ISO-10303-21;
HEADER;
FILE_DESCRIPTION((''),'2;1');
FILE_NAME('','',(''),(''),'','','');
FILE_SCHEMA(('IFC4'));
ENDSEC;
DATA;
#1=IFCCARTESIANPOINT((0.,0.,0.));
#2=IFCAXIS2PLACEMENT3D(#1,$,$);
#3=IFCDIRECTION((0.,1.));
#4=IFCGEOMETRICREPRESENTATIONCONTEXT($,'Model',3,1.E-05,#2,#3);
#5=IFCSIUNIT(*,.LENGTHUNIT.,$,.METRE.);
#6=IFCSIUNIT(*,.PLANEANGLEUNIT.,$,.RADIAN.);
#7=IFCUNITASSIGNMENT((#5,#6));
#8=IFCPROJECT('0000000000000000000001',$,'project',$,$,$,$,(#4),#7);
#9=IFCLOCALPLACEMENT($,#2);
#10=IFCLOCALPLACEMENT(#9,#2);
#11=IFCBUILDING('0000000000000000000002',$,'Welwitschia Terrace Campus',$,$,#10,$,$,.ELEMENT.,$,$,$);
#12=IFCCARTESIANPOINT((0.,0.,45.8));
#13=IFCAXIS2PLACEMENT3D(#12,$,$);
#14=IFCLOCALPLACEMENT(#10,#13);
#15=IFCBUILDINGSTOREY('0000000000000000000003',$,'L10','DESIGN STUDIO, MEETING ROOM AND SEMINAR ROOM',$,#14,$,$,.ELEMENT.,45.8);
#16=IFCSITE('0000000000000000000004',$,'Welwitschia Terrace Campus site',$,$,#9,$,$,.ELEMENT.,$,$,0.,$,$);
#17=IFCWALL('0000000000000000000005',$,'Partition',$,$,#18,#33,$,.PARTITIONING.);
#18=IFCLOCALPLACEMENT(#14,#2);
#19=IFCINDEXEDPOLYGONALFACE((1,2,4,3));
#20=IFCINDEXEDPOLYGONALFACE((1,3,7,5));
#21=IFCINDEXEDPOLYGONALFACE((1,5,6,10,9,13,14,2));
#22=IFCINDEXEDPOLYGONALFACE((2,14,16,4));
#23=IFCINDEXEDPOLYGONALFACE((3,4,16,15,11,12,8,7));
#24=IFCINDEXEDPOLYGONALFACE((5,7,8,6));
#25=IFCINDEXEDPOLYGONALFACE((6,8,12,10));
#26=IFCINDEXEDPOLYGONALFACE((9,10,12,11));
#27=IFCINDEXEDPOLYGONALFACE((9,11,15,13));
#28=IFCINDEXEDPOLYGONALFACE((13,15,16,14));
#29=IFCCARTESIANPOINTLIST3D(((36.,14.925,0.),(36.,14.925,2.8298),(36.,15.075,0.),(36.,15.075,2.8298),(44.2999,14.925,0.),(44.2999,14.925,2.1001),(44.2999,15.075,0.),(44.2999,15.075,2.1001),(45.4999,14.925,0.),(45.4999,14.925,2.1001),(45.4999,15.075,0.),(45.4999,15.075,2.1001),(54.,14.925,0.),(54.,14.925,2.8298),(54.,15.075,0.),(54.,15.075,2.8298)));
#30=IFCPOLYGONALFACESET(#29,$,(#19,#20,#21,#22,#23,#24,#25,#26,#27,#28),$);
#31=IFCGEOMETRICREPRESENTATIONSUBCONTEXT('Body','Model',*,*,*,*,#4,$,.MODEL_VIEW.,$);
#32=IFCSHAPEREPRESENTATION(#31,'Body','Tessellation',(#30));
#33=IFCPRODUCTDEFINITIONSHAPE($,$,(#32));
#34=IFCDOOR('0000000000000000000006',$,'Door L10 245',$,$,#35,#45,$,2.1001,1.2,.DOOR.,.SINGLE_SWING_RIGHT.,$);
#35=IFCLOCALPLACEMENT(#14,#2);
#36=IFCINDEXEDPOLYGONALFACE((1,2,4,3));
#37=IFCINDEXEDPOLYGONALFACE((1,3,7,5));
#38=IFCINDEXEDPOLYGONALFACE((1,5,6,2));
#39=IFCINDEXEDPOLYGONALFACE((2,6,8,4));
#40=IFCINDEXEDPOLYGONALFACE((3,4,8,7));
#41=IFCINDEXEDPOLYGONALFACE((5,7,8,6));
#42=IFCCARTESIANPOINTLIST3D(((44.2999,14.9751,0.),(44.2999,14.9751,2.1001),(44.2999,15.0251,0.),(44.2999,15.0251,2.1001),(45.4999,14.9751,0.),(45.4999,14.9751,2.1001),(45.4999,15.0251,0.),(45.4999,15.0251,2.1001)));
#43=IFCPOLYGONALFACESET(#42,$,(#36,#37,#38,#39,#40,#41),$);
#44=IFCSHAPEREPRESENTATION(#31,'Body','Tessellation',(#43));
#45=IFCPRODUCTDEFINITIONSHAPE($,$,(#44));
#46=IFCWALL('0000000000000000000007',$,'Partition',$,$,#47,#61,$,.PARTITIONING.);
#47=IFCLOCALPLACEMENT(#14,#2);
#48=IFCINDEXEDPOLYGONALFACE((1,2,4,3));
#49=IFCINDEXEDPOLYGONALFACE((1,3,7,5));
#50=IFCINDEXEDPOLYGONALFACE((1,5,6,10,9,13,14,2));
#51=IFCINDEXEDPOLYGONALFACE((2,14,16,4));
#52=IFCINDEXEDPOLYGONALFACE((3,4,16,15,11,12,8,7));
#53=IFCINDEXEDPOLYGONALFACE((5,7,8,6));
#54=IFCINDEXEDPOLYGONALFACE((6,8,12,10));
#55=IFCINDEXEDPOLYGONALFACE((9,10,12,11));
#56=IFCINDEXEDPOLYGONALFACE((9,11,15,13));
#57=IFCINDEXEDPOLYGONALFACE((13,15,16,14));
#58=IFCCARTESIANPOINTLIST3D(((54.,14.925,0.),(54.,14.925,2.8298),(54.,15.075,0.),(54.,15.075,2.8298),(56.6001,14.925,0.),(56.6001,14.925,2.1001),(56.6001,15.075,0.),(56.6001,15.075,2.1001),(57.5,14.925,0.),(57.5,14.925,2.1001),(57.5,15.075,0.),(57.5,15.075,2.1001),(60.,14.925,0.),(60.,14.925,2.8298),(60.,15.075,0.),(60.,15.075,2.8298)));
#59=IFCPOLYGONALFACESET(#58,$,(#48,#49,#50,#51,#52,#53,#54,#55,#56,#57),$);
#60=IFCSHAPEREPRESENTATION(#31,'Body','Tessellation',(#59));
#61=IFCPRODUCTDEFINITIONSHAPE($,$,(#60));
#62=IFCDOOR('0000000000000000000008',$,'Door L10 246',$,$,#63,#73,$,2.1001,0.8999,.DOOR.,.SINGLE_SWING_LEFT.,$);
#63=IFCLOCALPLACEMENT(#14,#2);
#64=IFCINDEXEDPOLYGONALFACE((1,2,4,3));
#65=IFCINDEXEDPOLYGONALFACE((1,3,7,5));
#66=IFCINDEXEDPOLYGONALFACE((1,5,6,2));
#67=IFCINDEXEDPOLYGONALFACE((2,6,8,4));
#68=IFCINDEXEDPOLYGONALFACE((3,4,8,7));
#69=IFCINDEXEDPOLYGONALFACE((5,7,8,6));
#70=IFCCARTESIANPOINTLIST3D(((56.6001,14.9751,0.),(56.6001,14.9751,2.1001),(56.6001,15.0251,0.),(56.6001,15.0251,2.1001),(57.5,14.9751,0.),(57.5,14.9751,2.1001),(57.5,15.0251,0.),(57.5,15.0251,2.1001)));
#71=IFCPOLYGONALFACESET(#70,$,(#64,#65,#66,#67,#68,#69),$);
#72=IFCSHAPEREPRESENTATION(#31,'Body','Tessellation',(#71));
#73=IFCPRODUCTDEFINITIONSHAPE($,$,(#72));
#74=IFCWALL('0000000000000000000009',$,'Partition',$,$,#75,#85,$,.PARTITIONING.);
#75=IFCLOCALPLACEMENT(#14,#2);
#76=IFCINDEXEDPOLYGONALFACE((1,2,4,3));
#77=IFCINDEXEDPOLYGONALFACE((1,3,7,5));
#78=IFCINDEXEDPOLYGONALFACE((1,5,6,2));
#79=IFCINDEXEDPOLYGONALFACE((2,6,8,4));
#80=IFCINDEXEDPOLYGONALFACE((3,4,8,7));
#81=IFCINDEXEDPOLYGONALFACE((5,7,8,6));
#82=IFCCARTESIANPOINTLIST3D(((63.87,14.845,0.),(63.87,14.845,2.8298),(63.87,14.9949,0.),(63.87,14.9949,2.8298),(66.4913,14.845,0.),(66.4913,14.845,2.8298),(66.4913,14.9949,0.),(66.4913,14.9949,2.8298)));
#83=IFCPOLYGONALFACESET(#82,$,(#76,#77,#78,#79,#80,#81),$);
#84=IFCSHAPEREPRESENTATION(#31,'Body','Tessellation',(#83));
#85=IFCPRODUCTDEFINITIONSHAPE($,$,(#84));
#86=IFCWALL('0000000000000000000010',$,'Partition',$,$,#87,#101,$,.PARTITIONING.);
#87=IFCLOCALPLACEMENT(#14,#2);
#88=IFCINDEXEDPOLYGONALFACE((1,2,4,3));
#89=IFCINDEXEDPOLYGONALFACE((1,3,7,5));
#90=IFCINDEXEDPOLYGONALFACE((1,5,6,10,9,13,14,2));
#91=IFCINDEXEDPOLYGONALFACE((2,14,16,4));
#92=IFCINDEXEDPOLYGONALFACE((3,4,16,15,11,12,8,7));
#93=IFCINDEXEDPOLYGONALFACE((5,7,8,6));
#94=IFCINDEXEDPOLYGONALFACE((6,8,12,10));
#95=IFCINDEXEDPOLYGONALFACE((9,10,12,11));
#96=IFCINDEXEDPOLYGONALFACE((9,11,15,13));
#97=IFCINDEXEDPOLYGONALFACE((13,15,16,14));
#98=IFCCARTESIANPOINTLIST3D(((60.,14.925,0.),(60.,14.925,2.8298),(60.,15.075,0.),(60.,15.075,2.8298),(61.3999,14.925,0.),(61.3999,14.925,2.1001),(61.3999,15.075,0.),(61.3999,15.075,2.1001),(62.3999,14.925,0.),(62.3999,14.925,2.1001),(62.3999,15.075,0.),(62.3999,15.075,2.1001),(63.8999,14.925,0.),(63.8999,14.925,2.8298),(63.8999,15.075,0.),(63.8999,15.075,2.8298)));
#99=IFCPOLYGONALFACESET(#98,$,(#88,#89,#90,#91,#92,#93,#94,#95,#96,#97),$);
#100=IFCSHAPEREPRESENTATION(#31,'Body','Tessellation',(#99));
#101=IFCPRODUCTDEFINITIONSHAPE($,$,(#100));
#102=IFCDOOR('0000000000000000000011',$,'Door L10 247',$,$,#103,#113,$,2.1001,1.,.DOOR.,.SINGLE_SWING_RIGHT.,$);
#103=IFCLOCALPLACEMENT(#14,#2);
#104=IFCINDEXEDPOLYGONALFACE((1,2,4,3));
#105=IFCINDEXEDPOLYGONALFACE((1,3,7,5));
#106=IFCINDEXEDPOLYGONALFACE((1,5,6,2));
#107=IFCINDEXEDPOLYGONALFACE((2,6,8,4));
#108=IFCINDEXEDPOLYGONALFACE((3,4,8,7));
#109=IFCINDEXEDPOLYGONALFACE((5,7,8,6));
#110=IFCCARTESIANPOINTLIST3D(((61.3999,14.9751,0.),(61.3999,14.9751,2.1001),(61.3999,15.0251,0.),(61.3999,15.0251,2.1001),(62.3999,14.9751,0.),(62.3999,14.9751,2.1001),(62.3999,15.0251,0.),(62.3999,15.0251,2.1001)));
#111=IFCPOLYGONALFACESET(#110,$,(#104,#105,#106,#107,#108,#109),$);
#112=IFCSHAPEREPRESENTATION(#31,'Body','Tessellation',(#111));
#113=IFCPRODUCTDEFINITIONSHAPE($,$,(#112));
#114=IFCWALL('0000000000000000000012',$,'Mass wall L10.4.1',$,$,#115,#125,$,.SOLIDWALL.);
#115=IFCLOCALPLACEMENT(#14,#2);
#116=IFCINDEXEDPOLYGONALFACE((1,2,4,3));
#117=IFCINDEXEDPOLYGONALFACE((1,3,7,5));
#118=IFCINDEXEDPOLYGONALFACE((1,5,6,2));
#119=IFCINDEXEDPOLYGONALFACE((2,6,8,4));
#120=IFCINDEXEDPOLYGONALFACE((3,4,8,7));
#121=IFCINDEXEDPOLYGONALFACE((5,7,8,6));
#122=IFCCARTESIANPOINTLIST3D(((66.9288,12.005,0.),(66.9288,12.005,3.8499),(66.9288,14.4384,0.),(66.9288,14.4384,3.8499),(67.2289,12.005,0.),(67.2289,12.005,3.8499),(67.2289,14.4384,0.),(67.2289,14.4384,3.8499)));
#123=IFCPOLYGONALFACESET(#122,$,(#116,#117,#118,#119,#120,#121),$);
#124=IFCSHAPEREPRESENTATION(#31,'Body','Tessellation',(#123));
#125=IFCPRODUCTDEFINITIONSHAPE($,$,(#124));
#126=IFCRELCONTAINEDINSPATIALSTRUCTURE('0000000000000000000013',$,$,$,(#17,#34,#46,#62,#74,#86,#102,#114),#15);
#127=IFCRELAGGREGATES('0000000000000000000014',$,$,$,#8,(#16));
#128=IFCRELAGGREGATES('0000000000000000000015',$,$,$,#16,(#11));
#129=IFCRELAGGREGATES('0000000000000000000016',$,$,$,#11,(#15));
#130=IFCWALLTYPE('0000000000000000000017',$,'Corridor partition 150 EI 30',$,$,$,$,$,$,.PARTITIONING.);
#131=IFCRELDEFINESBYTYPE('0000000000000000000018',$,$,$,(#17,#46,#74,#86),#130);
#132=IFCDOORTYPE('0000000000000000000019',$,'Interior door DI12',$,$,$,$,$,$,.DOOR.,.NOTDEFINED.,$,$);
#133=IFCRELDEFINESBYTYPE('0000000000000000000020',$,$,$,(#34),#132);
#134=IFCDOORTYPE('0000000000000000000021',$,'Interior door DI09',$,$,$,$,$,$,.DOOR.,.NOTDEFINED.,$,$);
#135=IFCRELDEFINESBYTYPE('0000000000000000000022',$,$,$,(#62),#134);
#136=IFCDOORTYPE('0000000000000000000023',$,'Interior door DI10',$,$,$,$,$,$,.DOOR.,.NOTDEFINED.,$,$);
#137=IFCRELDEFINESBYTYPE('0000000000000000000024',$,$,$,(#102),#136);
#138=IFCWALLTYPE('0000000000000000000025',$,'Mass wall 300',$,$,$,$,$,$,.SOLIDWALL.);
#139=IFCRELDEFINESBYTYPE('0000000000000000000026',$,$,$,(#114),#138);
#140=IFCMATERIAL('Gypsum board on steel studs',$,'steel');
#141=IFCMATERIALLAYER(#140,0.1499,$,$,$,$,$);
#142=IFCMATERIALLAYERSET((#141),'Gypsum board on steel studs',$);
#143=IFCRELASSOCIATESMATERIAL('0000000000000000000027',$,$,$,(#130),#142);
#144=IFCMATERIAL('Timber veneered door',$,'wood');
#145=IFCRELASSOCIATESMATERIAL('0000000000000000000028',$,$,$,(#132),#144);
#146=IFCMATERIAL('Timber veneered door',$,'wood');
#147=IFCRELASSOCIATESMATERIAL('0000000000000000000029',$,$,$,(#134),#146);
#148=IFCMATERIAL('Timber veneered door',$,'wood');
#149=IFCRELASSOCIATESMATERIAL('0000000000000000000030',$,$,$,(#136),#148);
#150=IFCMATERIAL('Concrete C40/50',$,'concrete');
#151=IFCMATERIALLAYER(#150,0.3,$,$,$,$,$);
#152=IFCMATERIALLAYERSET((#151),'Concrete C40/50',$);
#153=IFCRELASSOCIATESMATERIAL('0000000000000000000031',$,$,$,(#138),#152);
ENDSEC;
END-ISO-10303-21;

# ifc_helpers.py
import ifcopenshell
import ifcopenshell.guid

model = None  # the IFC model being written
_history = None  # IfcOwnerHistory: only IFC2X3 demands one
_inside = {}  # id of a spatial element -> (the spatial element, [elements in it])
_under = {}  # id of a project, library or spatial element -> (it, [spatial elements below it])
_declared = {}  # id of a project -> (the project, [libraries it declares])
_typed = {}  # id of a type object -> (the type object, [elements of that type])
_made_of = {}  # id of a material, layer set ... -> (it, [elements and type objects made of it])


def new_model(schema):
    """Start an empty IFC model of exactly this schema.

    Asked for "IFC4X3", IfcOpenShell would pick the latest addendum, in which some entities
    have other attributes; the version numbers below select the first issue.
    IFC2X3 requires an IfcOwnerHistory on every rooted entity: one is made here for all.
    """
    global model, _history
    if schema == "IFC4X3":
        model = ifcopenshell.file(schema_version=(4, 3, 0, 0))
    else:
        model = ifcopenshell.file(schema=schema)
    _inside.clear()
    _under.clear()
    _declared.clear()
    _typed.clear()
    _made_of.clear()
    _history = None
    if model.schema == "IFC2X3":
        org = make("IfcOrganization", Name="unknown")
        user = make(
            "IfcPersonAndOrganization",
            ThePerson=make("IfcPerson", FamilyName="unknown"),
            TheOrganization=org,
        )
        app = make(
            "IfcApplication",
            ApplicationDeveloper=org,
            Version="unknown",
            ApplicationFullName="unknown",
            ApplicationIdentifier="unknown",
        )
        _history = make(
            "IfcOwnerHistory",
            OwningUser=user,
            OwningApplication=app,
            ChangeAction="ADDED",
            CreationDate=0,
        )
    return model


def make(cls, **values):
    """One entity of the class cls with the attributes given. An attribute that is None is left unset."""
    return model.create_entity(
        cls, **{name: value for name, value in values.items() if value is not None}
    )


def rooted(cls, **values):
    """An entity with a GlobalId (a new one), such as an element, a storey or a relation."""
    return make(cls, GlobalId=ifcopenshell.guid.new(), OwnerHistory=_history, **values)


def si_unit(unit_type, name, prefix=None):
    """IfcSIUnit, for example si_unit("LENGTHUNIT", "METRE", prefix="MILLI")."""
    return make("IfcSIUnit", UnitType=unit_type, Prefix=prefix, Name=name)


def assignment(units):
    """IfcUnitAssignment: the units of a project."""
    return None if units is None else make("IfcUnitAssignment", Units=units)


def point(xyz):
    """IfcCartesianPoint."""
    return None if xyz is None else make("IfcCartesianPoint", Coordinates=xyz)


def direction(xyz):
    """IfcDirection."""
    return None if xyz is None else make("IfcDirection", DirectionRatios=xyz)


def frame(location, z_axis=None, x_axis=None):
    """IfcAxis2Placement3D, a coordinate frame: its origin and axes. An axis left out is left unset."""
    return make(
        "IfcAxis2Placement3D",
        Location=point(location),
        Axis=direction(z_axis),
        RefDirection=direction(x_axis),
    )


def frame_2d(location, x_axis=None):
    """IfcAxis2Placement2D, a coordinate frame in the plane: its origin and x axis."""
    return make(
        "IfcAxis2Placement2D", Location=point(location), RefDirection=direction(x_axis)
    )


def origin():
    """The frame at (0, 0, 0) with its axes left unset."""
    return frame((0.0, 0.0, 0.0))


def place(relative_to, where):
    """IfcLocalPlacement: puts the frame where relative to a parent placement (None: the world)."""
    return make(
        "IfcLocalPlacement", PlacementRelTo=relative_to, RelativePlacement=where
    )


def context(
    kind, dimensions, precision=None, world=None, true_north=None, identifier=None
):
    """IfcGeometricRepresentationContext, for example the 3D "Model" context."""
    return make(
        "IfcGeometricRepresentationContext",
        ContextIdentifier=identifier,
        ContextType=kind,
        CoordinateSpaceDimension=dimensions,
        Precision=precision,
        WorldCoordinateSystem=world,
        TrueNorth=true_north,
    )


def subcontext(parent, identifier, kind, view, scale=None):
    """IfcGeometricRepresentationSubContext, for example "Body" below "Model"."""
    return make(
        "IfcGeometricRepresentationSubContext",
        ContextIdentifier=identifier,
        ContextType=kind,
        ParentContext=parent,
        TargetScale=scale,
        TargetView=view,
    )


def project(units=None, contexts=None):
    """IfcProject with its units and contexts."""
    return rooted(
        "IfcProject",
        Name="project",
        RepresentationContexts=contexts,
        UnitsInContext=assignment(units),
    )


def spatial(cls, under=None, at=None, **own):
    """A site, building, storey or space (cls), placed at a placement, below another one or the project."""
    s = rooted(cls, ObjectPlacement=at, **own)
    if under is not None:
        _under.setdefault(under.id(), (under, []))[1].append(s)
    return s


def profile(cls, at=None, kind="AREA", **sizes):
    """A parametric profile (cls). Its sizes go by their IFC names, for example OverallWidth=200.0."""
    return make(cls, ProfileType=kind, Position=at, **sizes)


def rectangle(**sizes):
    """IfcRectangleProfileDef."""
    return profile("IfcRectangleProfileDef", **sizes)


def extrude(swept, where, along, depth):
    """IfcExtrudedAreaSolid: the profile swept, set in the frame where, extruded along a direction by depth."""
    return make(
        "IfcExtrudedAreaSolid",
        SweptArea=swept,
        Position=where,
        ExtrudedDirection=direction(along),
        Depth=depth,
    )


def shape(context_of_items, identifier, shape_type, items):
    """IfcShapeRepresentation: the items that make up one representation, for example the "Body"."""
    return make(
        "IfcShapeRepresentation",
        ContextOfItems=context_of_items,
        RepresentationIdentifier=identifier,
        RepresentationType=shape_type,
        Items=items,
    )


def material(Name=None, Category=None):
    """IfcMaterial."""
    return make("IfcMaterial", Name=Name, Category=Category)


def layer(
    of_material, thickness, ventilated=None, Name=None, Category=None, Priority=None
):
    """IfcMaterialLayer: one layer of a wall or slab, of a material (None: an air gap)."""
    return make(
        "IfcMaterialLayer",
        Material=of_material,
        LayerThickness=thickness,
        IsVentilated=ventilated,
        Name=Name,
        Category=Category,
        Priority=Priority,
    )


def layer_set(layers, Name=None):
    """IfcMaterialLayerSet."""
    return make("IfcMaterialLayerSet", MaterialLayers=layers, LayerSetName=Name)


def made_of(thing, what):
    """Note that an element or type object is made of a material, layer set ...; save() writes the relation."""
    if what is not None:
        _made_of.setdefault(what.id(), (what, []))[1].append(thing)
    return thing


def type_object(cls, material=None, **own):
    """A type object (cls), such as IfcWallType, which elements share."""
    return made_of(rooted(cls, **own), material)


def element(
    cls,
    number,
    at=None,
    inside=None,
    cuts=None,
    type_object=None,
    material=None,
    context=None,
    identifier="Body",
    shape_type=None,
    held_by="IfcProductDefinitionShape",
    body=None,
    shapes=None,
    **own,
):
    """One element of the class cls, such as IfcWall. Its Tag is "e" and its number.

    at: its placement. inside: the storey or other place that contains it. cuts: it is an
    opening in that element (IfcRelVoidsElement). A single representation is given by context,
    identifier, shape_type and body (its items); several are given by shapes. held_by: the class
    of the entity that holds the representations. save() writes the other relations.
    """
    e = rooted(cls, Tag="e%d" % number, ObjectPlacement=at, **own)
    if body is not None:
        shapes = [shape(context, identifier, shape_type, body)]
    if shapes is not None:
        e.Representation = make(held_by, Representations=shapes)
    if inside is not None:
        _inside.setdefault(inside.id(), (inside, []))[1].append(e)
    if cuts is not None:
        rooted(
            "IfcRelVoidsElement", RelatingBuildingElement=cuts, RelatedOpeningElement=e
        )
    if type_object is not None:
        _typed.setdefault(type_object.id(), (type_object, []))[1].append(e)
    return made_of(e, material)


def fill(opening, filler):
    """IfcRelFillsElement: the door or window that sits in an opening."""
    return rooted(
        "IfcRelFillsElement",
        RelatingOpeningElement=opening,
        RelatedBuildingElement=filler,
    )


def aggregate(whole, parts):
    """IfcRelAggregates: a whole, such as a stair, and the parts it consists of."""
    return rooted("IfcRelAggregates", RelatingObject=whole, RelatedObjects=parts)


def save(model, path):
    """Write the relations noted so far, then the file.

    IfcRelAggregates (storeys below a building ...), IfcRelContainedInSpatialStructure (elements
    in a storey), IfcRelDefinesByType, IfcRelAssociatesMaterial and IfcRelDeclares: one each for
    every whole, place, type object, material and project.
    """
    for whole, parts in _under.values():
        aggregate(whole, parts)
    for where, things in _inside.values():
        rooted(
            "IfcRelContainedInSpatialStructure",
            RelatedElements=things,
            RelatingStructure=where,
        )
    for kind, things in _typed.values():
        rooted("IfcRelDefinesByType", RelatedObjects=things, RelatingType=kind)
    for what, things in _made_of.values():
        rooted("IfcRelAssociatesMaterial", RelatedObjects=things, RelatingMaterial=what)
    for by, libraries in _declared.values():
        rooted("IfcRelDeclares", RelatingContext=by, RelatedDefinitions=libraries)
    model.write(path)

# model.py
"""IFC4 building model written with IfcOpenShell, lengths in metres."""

from ifc_helpers import new_model, si_unit, direction, frame, frame_2d, origin, place, context, subcontext, project, spatial, rectangle, extrude, material, layer, layer_set, type_object, element, fill, save


model = new_model("IFC4")

# Units and contexts
model_context = context("Model", 3, precision=1e-05, world=origin(), true_north=direction((0.0, 1.0)))
body_context = subcontext(model_context, "Body", "Model", "MODEL_VIEW")
ifc_project = project(units=[si_unit("LENGTHUNIT", "METRE"), si_unit("PLANEANGLEUNIT", "RADIAN")], contexts=[model_context])

# Site, building, storey
site_placement = place(None, origin())
site = spatial("IfcSite", under=ifc_project, at=site_placement, Name="Welwitschia Terrace Campus site", CompositionType="ELEMENT", RefElevation=0.0)
building_placement = place(site_placement, origin())
building = spatial("IfcBuilding", under=site, at=building_placement, Name="Welwitschia Terrace Campus", CompositionType="ELEMENT")
storey_placement = place(building_placement, frame((0.0, 0.0, 45.8)))
storey = spatial("IfcBuildingStorey", under=building, at=storey_placement, Name="L10", Description="DESIGN STUDIO, MEETING ROOM AND SEMINAR ROOM", CompositionType="ELEMENT", Elevation=45.8)

# Walls, openings, doors
ifc_material_1 = material(Name="Gypsum board on steel studs", Category="steel")
ifc_layer_1 = layer(ifc_material_1, 0.1499)
ifc_layer_set_1 = layer_set([ifc_layer_1], Name="Gypsum board on steel studs")
wall_type_1 = type_object("IfcWallType", Name="Corridor partition 150 EI 30", PredefinedType="PARTITIONING", material=ifc_layer_set_1)
wall_1_placement = place(storey_placement, frame((54.0, 15.0, 0.0), z_axis=(0.0, 0.0, 1.0), x_axis=(-1.0, 0.0, 0.0)))
wall_1 = element("IfcWall", 1, at=wall_1_placement, inside=storey, type_object=wall_type_1, Name="Partition", PredefinedType="PARTITIONING", context=body_context, shape_type="SweptSolid", body=[
    extrude(rectangle(XDim=18.0, YDim=0.1499, at=frame_2d((9.0, 0.0))), origin(), (0.0, 0.0, 1.0), 2.8298),
])
opening_1_placement = place(wall_1_placement, frame((8.5, 0.0, 0.0)))
opening_1 = element("IfcOpeningElement", 2, at=opening_1_placement, cuts=wall_1, PredefinedType="OPENING", context=body_context, shape_type="SweptSolid", body=[
    extrude(rectangle(XDim=1.2, YDim=2.1001, at=frame_2d((0.6001, 1.05))), frame((0.0, 0.085, 0.0), z_axis=(0.0, -1.0, 0.0), x_axis=(1.0, 0.0, 0.0)), (0.0, 0.0, 1.0), 0.1699),
])
ifc_material_2 = material(Name="Timber veneered door", Category="wood")
door_type_1 = type_object("IfcDoorType", Name="Interior door DI12", OperationType="NOTDEFINED", PredefinedType="DOOR", material=ifc_material_2)
door_1_placement = place(opening_1_placement, origin())
door_1 = element("IfcDoor", 3, at=door_1_placement, inside=storey, type_object=door_type_1, Name="Door L10 245", OperationType="SINGLE_SWING_RIGHT", OverallHeight=2.1001, OverallWidth=1.2, PredefinedType="DOOR", context=body_context, shape_type="SweptSolid", body=[
    extrude(rectangle(XDim=1.2, YDim=2.1001, at=frame_2d((0.6001, 1.05))), frame((0.0, 0.0249, 0.0), z_axis=(0.0, -1.0, 0.0), x_axis=(1.0, 0.0, 0.0)), (0.0, 0.0, 1.0), 0.05),
])
fill(opening_1, door_1)
wall_2_placement = place(storey_placement, frame((60.0, 15.0, 0.0), z_axis=(0.0, 0.0, 1.0), x_axis=(-1.0, 0.0, 0.0)))
wall_2 = element("IfcWall", 4, at=wall_2_placement, inside=storey, type_object=wall_type_1, Name="Partition", PredefinedType="PARTITIONING", context=body_context, shape_type="SweptSolid", body=[
    extrude(rectangle(XDim=6.0, YDim=0.1499, at=frame_2d((3.0, 0.0))), origin(), (0.0, 0.0, 1.0), 2.8298),
])
opening_2_placement = place(wall_2_placement, frame((2.5, 0.0, 0.0)))
opening_2 = element("IfcOpeningElement", 5, at=opening_2_placement, cuts=wall_2, PredefinedType="OPENING", context=body_context, shape_type="SweptSolid", body=[
    extrude(rectangle(XDim=0.8999, YDim=2.1001, at=frame_2d((0.45, 1.05))), frame((0.0, 0.085, 0.0), z_axis=(0.0, -1.0, 0.0), x_axis=(1.0, 0.0, 0.0)), (0.0, 0.0, 1.0), 0.1699),
])
ifc_material_3 = material(Name="Timber veneered door", Category="wood")
door_type_2 = type_object("IfcDoorType", Name="Interior door DI09", OperationType="NOTDEFINED", PredefinedType="DOOR", material=ifc_material_3)
door_2_placement = place(opening_2_placement, origin())
door_2 = element("IfcDoor", 6, at=door_2_placement, inside=storey, type_object=door_type_2, Name="Door L10 246", OperationType="SINGLE_SWING_LEFT", OverallHeight=2.1001, OverallWidth=0.8999, PredefinedType="DOOR", context=body_context, shape_type="SweptSolid", body=[
    extrude(rectangle(XDim=0.8999, YDim=2.1001, at=frame_2d((0.45, 1.05))), frame((0.0, 0.0249, 0.0), z_axis=(0.0, -1.0, 0.0), x_axis=(1.0, 0.0, 0.0)), (0.0, 0.0, 1.0), 0.05),
])
fill(opening_2, door_2)

# Wall
wall_3_placement = place(storey_placement, frame((63.8701, 14.9199, 0.0), z_axis=(0.0, 0.0, 1.0), x_axis=(1.0, 0.0, 0.0)))
element("IfcWall", 7, at=wall_3_placement, inside=storey, type_object=wall_type_1, Name="Partition", PredefinedType="PARTITIONING", context=body_context, shape_type="SweptSolid", body=[
    extrude(rectangle(XDim=2.6213, YDim=0.1499, at=frame_2d((1.3105, 0.0))), origin(), (0.0, 0.0, 1.0), 2.8298),
])

# Wall, opening, door
wall_4_placement = place(storey_placement, frame((63.8999, 15.0, 0.0), z_axis=(0.0, 0.0, 1.0), x_axis=(-1.0, 0.0, 0.0)))
wall_4 = element("IfcWall", 8, at=wall_4_placement, inside=storey, type_object=wall_type_1, Name="Partition", PredefinedType="PARTITIONING", context=body_context, shape_type="SweptSolid", body=[
    extrude(rectangle(XDim=3.8999, YDim=0.1499, at=frame_2d((1.95, 0.0))), origin(), (0.0, 0.0, 1.0), 2.8298),
])
opening_3_placement = place(wall_4_placement, frame((1.5, 0.0, 0.0)))
opening_3 = element("IfcOpeningElement", 9, at=opening_3_placement, cuts=wall_4, PredefinedType="OPENING", context=body_context, shape_type="SweptSolid", body=[
    extrude(rectangle(XDim=1.0, YDim=2.1001, at=frame_2d((0.5, 1.05))), frame((0.0, 0.085, 0.0), z_axis=(0.0, -1.0, 0.0), x_axis=(1.0, 0.0, 0.0)), (0.0, 0.0, 1.0), 0.1699),
])
ifc_material_4 = material(Name="Timber veneered door", Category="wood")
door_type_3 = type_object("IfcDoorType", Name="Interior door DI10", OperationType="NOTDEFINED", PredefinedType="DOOR", material=ifc_material_4)
door_3_placement = place(opening_3_placement, origin())
door_3 = element("IfcDoor", 10, at=door_3_placement, inside=storey, type_object=door_type_3, Name="Door L10 247", OperationType="SINGLE_SWING_RIGHT", OverallHeight=2.1001, OverallWidth=1.0, PredefinedType="DOOR", context=body_context, shape_type="SweptSolid", body=[
    extrude(rectangle(XDim=1.0, YDim=2.1001, at=frame_2d((0.5, 1.05))), frame((0.0, 0.0249, 0.0), z_axis=(0.0, -1.0, 0.0), x_axis=(1.0, 0.0, 0.0)), (0.0, 0.0, 1.0), 0.05),
])
fill(opening_3, door_3)

# Wall
ifc_material_5 = material(Name="Concrete C40/50", Category="concrete")
ifc_layer_2 = layer(ifc_material_5, 0.3)
ifc_layer_set_2 = layer_set([ifc_layer_2], Name="Concrete C40/50")
wall_type_2 = type_object("IfcWallType", Name="Mass wall 300", PredefinedType="SOLIDWALL", material=ifc_layer_set_2)
wall_5_placement = place(storey_placement, frame((67.0789, 12.0049, 0.0), z_axis=(0.0, 0.0, 1.0), x_axis=(0.0, 1.0, 0.0)))
element("IfcWall", 11, at=wall_5_placement, inside=storey, type_object=wall_type_2, Name="Mass wall L10.4.1", PredefinedType="SOLIDWALL", context=body_context, shape_type="SweptSolid", body=[
    extrude(rectangle(XDim=2.4333, YDim=0.3, at=frame_2d((1.2168, 0.0))), origin(), (0.0, 0.0, 1.0), 3.8499),
])

save(model, "model.ifc")
